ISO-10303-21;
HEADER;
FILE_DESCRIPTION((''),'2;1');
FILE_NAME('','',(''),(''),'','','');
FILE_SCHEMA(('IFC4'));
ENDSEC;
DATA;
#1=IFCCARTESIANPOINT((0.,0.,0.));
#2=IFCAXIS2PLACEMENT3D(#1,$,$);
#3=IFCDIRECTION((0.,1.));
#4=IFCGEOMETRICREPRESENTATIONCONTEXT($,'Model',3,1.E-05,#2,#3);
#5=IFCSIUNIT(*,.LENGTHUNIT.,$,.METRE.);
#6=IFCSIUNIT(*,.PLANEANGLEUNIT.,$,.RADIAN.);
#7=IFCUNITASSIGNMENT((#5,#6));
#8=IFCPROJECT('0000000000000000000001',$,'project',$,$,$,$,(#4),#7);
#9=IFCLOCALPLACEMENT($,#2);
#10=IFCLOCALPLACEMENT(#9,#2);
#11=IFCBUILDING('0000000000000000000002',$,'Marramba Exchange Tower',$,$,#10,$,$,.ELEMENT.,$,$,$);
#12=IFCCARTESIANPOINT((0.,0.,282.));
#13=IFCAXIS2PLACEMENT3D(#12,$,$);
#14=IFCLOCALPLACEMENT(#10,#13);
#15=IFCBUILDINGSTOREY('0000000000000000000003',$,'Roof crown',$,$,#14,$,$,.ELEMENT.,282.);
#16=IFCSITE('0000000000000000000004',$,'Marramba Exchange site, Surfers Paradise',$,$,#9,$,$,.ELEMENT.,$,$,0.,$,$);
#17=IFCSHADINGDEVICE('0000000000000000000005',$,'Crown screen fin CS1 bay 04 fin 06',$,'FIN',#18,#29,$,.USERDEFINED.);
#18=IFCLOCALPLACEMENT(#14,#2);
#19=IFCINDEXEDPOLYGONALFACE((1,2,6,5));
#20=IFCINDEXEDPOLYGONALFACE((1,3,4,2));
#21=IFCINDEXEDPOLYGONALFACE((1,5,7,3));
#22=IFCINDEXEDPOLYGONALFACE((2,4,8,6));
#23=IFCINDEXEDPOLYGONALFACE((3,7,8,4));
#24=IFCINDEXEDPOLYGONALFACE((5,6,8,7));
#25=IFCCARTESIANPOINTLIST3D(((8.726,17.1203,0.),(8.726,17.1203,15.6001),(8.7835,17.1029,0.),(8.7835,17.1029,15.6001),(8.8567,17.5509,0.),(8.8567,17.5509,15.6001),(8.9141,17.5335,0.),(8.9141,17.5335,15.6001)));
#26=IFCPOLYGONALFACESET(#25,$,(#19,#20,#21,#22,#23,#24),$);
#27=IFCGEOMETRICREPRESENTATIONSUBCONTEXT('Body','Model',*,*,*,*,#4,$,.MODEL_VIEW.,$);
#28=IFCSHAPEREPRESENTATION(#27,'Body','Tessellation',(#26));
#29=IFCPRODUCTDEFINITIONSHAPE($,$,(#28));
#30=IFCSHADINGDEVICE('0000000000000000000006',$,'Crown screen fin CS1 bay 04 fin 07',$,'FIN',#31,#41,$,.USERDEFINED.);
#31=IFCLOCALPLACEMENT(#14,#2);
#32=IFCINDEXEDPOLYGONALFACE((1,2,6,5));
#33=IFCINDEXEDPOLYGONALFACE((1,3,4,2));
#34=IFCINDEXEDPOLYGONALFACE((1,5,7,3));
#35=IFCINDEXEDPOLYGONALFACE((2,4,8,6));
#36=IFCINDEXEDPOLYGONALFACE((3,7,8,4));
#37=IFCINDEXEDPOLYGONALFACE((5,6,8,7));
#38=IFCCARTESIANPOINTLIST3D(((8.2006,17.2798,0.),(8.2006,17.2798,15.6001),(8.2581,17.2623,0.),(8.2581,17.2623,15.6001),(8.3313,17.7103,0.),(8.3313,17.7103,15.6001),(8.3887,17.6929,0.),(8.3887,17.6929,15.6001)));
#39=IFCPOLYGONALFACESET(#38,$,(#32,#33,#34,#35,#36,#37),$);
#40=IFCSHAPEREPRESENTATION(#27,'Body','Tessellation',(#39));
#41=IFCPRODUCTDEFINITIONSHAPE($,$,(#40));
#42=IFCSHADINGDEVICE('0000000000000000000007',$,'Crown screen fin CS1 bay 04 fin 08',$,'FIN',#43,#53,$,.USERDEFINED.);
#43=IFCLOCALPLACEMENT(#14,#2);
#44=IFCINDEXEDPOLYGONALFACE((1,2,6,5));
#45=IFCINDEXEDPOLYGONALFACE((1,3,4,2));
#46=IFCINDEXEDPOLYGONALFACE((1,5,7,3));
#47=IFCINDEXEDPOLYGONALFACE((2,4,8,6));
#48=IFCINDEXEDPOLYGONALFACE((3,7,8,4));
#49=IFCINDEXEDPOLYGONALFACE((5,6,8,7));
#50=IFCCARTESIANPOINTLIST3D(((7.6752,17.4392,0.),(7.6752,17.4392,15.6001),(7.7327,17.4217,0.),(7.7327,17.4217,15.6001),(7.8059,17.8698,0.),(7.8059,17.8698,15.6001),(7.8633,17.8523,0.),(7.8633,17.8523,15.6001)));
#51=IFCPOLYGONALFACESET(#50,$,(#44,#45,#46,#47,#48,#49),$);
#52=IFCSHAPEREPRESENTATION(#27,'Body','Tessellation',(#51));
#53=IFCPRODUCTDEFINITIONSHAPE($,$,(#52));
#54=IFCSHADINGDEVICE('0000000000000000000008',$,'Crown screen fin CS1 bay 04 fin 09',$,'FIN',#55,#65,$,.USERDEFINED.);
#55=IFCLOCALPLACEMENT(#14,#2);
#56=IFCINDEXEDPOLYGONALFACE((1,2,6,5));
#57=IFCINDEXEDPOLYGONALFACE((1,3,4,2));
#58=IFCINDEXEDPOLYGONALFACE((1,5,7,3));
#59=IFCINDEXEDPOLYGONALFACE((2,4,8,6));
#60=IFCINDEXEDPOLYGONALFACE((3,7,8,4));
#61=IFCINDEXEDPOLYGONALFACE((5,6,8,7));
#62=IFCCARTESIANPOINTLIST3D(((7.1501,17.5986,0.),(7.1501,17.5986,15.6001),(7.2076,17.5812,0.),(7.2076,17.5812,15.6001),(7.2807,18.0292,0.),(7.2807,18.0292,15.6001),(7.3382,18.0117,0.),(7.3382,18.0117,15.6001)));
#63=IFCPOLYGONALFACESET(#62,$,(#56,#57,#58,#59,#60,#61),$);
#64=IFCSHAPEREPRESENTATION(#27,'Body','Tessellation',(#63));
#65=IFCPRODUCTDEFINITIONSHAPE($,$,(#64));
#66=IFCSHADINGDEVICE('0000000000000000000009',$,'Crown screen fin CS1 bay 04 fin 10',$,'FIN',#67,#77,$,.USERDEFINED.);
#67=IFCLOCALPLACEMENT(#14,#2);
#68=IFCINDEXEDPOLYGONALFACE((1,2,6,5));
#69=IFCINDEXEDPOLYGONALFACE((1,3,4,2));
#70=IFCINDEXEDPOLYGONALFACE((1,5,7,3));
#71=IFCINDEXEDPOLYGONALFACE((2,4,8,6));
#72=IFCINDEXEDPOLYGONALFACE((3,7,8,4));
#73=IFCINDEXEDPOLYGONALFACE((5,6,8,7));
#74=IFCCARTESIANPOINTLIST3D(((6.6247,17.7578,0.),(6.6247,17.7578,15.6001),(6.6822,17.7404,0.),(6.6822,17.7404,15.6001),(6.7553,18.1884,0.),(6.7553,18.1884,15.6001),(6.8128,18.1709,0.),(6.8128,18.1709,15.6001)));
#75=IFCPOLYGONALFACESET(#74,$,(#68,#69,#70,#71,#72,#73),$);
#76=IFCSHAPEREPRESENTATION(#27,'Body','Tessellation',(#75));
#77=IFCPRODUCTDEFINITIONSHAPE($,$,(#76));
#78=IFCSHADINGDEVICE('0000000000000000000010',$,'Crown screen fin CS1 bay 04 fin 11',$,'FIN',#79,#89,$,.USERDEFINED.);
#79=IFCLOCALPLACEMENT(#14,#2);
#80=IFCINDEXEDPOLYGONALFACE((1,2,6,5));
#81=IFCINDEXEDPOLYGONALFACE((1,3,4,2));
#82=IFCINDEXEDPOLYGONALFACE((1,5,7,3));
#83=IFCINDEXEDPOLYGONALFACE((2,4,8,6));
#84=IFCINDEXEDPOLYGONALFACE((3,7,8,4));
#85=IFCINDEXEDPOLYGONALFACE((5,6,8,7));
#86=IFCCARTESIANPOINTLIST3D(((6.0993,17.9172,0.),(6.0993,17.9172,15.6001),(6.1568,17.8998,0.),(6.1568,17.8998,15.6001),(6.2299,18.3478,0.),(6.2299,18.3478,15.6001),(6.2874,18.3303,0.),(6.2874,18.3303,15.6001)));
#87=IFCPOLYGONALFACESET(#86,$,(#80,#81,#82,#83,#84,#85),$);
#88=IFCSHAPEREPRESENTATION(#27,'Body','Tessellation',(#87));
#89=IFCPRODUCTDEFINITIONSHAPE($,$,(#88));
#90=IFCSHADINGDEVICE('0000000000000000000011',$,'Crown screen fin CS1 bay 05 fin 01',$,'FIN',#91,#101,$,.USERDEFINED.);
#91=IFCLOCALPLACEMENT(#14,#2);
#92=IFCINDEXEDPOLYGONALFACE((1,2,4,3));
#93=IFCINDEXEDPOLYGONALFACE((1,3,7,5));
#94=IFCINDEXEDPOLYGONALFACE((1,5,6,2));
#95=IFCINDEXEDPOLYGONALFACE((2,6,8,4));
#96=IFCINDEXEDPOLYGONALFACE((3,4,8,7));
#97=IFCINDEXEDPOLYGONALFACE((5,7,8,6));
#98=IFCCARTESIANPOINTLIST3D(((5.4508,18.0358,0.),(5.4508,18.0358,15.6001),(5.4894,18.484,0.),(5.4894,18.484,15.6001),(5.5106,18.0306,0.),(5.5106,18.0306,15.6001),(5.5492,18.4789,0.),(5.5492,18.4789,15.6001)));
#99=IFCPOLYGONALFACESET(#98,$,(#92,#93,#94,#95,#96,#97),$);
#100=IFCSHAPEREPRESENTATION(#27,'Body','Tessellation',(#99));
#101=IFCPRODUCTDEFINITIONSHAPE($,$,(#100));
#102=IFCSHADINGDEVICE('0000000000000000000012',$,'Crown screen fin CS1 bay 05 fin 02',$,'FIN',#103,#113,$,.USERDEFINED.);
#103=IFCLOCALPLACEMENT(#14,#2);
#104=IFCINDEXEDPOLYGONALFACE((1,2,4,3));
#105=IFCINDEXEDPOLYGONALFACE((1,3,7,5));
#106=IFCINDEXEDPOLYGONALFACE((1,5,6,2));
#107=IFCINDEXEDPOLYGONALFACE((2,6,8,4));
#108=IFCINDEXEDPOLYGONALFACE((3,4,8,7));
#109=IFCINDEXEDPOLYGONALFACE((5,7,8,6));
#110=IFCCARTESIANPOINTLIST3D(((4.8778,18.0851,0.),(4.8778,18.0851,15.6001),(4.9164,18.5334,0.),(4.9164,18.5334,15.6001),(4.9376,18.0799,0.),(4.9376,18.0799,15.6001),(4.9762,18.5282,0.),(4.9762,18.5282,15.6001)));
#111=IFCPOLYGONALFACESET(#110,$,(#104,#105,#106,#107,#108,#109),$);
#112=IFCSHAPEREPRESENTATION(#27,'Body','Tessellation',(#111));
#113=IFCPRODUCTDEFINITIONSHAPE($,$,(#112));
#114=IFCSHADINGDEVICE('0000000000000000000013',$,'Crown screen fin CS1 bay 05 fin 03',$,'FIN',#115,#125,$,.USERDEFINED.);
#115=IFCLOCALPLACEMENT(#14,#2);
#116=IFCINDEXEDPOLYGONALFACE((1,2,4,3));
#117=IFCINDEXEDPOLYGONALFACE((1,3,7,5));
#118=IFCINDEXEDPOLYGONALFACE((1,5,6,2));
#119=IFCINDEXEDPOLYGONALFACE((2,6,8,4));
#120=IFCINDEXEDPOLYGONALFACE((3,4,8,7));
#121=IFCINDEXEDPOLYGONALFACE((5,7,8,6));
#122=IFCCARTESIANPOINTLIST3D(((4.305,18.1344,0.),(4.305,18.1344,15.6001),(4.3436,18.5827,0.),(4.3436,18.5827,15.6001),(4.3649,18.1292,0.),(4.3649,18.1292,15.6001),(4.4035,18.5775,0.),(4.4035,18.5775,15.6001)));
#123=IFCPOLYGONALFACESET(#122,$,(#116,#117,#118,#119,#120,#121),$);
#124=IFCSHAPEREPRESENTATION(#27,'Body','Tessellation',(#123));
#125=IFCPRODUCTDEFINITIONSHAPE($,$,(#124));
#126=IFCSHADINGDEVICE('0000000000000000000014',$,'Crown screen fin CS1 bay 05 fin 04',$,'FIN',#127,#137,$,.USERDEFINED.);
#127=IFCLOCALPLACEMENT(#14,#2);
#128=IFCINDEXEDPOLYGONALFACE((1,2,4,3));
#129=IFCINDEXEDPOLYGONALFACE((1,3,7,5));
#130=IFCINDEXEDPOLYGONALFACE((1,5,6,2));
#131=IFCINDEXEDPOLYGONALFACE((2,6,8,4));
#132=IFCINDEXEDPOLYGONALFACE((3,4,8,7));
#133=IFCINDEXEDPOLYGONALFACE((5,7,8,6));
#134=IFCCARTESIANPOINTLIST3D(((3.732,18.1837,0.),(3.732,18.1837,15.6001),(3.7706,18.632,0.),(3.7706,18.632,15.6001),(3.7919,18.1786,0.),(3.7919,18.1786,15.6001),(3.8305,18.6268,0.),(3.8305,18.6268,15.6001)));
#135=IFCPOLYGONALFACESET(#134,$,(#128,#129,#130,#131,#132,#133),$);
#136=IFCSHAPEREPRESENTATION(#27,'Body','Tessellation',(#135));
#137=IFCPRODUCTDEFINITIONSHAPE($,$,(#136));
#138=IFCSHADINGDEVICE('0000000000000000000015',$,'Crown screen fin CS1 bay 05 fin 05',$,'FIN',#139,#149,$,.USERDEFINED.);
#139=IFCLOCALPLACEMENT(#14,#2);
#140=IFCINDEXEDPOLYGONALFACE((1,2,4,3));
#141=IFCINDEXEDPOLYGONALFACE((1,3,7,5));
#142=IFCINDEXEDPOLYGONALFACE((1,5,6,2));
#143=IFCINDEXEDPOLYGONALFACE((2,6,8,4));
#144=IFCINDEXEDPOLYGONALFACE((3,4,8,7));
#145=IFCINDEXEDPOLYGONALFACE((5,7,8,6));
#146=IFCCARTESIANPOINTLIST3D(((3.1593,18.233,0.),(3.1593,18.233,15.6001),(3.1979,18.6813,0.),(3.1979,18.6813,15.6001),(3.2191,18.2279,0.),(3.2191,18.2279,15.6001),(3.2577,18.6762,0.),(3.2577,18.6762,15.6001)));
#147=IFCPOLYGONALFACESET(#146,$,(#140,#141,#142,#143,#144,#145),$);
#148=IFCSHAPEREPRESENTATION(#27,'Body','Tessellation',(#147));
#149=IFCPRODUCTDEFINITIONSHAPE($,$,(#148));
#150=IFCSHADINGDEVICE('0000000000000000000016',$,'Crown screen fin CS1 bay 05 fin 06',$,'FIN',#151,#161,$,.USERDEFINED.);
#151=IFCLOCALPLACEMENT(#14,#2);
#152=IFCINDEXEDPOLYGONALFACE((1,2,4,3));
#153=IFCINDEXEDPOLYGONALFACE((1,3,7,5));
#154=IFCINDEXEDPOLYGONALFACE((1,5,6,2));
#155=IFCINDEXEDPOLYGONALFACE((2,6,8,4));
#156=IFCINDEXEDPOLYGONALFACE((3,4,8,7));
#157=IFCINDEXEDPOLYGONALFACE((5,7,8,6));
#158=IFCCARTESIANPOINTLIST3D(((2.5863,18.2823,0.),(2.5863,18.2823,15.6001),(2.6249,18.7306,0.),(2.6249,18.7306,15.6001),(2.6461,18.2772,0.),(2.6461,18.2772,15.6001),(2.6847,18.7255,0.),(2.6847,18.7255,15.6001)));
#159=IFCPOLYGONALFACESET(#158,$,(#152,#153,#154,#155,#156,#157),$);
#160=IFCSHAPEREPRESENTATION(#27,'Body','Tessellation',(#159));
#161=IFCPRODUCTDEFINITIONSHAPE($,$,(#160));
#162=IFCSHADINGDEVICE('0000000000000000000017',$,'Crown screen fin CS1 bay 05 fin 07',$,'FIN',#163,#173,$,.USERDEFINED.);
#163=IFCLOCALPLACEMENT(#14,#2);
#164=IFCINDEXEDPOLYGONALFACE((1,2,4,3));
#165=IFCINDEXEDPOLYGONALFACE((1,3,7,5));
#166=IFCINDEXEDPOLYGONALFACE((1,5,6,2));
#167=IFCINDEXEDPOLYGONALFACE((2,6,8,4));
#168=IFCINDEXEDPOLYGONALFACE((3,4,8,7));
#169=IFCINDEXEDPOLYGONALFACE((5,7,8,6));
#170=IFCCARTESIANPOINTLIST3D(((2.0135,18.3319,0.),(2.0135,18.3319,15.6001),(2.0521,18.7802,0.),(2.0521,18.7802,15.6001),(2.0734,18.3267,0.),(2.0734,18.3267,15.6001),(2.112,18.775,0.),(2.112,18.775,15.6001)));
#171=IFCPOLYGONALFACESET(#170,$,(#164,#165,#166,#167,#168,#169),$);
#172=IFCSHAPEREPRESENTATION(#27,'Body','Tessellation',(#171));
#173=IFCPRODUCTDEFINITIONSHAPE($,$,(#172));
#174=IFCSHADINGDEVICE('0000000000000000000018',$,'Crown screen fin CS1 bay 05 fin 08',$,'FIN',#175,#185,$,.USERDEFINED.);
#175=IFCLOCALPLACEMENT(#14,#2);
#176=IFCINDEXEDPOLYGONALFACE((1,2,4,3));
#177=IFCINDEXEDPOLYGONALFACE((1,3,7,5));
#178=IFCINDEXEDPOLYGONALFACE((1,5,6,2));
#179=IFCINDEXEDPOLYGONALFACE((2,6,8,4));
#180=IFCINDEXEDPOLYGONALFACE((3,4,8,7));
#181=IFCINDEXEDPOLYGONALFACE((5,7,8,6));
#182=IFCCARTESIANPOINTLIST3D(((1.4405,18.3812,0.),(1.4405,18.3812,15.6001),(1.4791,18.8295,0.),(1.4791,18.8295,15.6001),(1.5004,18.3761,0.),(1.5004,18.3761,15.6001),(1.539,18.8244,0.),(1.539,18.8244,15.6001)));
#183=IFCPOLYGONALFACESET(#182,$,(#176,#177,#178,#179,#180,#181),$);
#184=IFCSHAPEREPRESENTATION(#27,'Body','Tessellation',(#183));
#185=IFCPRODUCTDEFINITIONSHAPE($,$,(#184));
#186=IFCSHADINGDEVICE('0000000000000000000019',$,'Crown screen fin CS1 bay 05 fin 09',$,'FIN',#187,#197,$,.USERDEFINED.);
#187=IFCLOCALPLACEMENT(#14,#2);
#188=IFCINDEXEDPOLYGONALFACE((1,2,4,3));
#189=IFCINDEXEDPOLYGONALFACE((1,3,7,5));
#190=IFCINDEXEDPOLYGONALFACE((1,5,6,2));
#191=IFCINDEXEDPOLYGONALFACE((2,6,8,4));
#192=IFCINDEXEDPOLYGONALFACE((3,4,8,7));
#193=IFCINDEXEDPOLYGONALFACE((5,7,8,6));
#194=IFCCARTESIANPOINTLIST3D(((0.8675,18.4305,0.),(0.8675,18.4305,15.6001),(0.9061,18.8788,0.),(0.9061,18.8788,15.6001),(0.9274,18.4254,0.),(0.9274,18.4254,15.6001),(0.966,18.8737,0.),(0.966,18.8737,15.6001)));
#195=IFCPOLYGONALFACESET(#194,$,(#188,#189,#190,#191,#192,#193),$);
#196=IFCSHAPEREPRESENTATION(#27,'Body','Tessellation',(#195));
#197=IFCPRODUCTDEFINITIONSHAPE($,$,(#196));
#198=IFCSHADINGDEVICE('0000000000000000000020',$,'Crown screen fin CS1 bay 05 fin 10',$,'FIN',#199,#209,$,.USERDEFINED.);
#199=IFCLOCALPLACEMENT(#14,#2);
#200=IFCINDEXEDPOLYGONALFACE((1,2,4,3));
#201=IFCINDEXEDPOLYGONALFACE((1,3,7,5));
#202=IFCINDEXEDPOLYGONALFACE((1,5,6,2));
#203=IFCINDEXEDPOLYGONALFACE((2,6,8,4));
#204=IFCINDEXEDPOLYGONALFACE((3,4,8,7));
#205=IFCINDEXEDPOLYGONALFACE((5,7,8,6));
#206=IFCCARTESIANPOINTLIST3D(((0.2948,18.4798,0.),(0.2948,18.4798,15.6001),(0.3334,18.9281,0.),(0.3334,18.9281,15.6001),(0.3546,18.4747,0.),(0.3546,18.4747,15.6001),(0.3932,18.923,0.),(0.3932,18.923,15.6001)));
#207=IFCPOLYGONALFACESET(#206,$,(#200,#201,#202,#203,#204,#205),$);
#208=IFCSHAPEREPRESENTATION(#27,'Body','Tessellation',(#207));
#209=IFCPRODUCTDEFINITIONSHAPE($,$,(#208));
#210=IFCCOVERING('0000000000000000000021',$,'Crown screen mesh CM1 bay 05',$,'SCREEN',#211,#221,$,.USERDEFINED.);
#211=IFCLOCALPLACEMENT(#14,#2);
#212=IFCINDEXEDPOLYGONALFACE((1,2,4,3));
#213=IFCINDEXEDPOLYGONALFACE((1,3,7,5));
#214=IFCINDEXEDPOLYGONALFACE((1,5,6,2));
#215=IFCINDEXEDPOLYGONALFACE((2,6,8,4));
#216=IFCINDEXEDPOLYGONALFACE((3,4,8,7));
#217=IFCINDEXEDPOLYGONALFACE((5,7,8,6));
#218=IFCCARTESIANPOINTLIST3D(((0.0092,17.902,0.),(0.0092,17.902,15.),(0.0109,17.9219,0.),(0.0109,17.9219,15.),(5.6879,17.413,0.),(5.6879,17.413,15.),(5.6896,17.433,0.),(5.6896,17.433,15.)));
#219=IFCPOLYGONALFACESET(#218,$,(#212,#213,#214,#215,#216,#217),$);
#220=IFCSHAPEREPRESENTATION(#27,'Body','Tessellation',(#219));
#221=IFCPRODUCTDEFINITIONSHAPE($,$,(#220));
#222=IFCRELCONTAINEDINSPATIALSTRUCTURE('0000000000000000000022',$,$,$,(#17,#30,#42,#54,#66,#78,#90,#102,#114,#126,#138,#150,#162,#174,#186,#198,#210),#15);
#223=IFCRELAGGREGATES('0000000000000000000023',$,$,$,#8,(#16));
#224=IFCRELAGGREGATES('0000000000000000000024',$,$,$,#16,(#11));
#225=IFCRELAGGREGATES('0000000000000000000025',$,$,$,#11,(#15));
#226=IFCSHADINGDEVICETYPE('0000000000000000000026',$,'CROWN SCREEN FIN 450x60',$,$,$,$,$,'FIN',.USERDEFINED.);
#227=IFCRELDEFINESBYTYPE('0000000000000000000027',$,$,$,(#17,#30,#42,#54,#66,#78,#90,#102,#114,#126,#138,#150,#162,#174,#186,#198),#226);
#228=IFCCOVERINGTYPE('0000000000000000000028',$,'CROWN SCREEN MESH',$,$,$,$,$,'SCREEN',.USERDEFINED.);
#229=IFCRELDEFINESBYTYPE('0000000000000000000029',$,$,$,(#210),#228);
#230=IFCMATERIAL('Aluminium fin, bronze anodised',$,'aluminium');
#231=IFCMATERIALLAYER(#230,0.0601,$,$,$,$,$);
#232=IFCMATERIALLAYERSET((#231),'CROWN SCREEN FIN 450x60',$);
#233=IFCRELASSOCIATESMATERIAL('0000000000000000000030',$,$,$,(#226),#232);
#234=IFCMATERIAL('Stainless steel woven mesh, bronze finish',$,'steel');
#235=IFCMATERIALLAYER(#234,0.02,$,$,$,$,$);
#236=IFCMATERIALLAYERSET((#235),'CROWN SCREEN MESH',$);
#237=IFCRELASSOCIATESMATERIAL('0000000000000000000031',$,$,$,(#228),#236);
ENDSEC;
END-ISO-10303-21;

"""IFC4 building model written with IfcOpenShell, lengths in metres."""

from ifc_helpers import new_model, si_unit, direction, frame, origin, origin_2d, place, context, subcontext, project, spatial, rectangle, extrude, material, layer, layer_set, type_object, element, save


model = new_model("IFC4")

# Units and contexts
model_context = context("Model", 3, precision=1e-05, world=origin(), true_north=direction((0.0, 1.0)))
body_context = subcontext(model_context, "Body", "Model", "MODEL_VIEW")
ifc_project = project(units=[si_unit("LENGTHUNIT", "METRE"), si_unit("PLANEANGLEUNIT", "RADIAN")], contexts=[model_context])

# Site, building, storey
site_placement = place(None, origin())
site = spatial("IfcSite", under=ifc_project, at=site_placement, Name="Marramba Exchange site, Surfers Paradise", CompositionType="ELEMENT", RefElevation=0.0)
building_placement = place(site_placement, origin())
building = spatial("IfcBuilding", under=site, at=building_placement, Name="Marramba Exchange Tower", CompositionType="ELEMENT")
storey_placement = place(building_placement, frame((0.0, 0.0, 282.0)))
storey = spatial("IfcBuildingStorey", under=building, at=storey_placement, Name="Roof crown", CompositionType="ELEMENT", Elevation=282.0)

# Shading devices
ifc_material_1 = material(Name="Aluminium fin, bronze anodised", Category="aluminium")
ifc_layer_1 = layer(ifc_material_1, 0.0601)
ifc_layer_set_1 = layer_set([ifc_layer_1], Name="CROWN SCREEN FIN 450x60")
shading_device_type = type_object("IfcShadingDeviceType", Name="CROWN SCREEN FIN 450x60", ElementType="FIN", PredefinedType="USERDEFINED", material=ifc_layer_set_1)
for number, where, z_axis, x_axis, name in (
    (1, (8.8201, 17.3269, 0.0), (0.0, 0.0, 1.0), (0.290352, 0.95692, 0.0), "Crown screen fin CS1 bay 04 fin 06"),
    (2, (8.2947, 17.4863, 0.0), (0.0, 0.0, 1.0), (0.290352, 0.95692, 0.0), "Crown screen fin CS1 bay 04 fin 07"),
    (3, (7.7693, 17.6458, 0.0), (0.0, 0.0, 1.0), (0.290352, 0.95692, 0.0), "Crown screen fin CS1 bay 04 fin 08"),
    (4, (7.2441, 17.8052, 0.0), (0.0, 0.0, 1.0), (0.290352, 0.95692, 0.0), "Crown screen fin CS1 bay 04 fin 09"),
    (5, (6.7188, 17.9644, 0.0), (0.0, 0.0, 1.0), (0.290352, 0.95692, 0.0), "Crown screen fin CS1 bay 04 fin 10"),
    (6, (6.1934, 18.1238, 0.0), (0.0, 0.0, 1.0), (0.290352, 0.95692, 0.0), "Crown screen fin CS1 bay 04 fin 11"),
    (7, (5.5, 18.2573, 0.0), (0.0, 0.0, 1.0), (0.085783, 0.996314, 0.0), "Crown screen fin CS1 bay 05 fin 01"),
    (8, (4.927, 18.3066, 0.0), (0.0, 0.0, 1.0), (0.085783, 0.996314, 0.0), "Crown screen fin CS1 bay 05 fin 02"),
    (9, (4.3542, 18.356, 0.0), (0.0, 0.0, 1.0), (0.085783, 0.996314, 0.0), "Crown screen fin CS1 bay 05 fin 03"),
    (10, (3.7812, 18.4053, 0.0), (0.0, 0.0, 1.0), (0.085783, 0.996314, 0.0), "Crown screen fin CS1 bay 05 fin 04"),
    (11, (3.2085, 18.4546, 0.0), (0.0, 0.0, 1.0), (0.085783, 0.996314, 0.0), "Crown screen fin CS1 bay 05 fin 05"),
    (12, (2.6355, 18.5039, 0.0), (0.0, 0.0, 1.0), (0.085783, 0.996314, 0.0), "Crown screen fin CS1 bay 05 fin 06"),
    (13, (2.0627, 18.5535, 0.0), (0.0, 0.0, 1.0), (0.085783, 0.996314, 0.0), "Crown screen fin CS1 bay 05 fin 07"),
    (14, (1.4897, 18.6028, 0.0), (0.0, 0.0, 1.0), (0.085783, 0.996314, 0.0), "Crown screen fin CS1 bay 05 fin 08"),
    (15, (0.9167, 18.6521, 0.0), (0.0, 0.0, 1.0), (0.085783, 0.996314, 0.0), "Crown screen fin CS1 bay 05 fin 09"),
    (16, (0.344, 18.7014, 0.0), (0.0, 0.0, 1.0), (0.085783, 0.996314, 0.0), "Crown screen fin CS1 bay 05 fin 10"),
):
    element("IfcShadingDevice", number, at=place(storey_placement, frame(where, z_axis=z_axis, x_axis=x_axis)), inside=storey, type_object=shading_device_type, Name=name, ObjectType="FIN", PredefinedType="USERDEFINED", context=body_context, shape_type="SweptSolid", body=[
        extrude(rectangle(XDim=0.45, YDim=0.0601, at=origin_2d()), origin(), (0.0, 0.0, 1.0), 15.6001),
    ])

# Covering
ifc_material_2 = material(Name="Stainless steel woven mesh, bronze finish", Category="steel")
ifc_layer_2 = layer(ifc_material_2, 0.02)
ifc_layer_set_2 = layer_set([ifc_layer_2], Name="CROWN SCREEN MESH")
covering_type = type_object("IfcCoveringType", Name="CROWN SCREEN MESH", ElementType="SCREEN", PredefinedType="USERDEFINED", material=ifc_layer_set_2)
covering_placement = place(storey_placement, frame((2.8494, 17.6675, 0.0), z_axis=(0.0, 0.0, 1.0), x_axis=(-0.996314, 0.085783, 0.0)))
element("IfcCovering", 17, at=covering_placement, inside=storey, type_object=covering_type, Name="Crown screen mesh CM1 bay 05", ObjectType="SCREEN", PredefinedType="USERDEFINED", context=body_context, shape_type="SweptSolid", body=[
    extrude(rectangle(XDim=5.6997, YDim=0.02, at=origin_2d()), origin(), (0.0, 0.0, 1.0), 15.0),
])

save(model, "model.ifc")
